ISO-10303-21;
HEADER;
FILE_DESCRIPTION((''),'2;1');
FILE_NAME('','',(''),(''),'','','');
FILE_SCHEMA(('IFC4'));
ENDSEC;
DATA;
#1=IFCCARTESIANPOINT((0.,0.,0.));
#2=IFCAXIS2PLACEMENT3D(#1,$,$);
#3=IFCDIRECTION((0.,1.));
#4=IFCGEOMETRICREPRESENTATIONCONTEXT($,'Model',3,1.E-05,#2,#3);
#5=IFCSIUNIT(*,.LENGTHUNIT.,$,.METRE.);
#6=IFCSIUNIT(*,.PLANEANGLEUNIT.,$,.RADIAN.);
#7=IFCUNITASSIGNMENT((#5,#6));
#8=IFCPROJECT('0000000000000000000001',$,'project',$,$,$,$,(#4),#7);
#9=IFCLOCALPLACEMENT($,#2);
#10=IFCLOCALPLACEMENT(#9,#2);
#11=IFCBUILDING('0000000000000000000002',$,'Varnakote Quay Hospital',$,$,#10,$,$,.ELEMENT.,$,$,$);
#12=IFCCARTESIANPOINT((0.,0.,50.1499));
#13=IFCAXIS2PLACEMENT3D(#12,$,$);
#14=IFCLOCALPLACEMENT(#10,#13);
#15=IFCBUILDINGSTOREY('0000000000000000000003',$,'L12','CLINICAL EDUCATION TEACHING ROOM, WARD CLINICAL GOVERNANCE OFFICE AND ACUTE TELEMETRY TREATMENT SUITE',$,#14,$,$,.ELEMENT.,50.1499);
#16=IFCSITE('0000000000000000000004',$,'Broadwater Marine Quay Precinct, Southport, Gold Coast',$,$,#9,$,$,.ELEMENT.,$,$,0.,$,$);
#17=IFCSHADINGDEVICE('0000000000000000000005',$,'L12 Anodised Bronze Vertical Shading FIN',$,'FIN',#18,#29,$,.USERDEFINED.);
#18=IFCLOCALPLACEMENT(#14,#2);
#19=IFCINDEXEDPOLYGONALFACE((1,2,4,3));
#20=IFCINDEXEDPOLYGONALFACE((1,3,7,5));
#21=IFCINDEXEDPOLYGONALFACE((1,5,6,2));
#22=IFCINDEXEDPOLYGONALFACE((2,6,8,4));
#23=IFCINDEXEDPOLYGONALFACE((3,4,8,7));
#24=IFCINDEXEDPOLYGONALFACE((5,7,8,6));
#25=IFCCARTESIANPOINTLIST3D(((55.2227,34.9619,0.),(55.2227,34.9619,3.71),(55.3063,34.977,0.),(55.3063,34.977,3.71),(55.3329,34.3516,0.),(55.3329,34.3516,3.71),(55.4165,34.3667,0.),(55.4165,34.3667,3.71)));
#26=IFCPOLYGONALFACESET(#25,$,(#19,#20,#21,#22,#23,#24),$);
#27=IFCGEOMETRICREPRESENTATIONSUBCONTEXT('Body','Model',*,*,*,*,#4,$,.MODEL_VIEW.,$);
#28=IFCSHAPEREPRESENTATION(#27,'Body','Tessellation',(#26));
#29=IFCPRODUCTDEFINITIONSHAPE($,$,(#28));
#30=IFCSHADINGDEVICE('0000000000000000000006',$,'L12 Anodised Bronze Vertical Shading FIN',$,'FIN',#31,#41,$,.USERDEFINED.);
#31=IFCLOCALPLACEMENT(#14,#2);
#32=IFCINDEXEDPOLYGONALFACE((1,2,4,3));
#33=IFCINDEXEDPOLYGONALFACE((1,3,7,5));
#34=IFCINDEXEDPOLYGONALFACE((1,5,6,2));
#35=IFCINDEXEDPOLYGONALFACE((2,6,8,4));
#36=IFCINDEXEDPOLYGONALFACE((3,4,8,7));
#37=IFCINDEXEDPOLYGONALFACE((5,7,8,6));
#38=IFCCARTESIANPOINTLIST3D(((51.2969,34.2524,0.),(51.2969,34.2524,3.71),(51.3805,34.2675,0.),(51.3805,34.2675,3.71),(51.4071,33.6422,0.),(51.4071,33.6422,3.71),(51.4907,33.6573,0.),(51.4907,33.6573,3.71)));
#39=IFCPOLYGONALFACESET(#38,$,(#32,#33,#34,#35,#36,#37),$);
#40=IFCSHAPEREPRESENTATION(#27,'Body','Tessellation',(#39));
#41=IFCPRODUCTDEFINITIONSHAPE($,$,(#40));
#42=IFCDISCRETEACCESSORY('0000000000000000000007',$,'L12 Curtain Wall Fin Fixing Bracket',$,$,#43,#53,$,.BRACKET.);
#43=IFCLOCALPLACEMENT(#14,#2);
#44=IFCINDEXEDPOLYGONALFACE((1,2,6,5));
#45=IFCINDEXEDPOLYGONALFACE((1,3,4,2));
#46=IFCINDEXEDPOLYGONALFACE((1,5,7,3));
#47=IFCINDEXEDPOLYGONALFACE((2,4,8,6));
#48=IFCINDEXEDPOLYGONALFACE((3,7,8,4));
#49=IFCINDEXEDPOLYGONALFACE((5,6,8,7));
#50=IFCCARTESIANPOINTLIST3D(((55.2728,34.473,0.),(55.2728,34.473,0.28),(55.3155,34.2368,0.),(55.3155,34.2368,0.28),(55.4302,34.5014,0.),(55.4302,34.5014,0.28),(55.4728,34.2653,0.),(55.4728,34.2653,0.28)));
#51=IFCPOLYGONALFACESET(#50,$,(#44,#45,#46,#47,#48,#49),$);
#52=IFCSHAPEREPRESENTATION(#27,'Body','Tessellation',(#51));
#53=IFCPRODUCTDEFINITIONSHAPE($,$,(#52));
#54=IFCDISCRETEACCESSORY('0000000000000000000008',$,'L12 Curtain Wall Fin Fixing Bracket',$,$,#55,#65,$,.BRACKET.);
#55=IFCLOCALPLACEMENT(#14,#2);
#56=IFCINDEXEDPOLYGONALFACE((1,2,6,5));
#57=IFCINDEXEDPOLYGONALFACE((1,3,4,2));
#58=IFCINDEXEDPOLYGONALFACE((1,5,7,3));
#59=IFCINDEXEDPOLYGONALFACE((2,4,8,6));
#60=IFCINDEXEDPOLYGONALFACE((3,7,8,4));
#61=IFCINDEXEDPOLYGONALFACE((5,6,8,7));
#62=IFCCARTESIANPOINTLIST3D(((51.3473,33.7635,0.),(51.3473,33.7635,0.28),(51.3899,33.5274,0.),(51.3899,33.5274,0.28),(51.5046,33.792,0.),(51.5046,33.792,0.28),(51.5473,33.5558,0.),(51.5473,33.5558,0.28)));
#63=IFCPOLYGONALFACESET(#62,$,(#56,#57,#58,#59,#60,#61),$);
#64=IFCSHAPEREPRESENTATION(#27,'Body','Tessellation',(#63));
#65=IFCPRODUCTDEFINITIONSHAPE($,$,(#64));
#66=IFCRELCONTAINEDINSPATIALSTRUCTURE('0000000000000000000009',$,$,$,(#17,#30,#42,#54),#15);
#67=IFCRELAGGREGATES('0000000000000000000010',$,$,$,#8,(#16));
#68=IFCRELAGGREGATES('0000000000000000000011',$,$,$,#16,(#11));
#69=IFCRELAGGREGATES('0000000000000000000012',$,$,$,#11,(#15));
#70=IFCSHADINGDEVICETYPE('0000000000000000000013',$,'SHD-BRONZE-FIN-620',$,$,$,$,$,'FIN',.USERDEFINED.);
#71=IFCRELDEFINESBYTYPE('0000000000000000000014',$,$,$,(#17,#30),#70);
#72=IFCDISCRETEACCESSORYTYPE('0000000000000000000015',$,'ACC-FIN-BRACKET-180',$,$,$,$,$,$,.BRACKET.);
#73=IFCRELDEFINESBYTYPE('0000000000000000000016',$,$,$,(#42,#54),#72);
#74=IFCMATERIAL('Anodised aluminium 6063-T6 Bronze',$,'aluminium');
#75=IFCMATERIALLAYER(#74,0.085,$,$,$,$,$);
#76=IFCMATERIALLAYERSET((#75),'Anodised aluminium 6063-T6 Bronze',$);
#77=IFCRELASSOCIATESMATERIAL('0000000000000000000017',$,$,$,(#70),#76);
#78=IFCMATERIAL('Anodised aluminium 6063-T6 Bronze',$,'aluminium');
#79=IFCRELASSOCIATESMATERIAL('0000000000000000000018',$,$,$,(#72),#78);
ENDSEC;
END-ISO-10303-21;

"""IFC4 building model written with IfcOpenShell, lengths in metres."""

from ifc_helpers import new_model, si_unit, direction, frame, origin, origin_2d, place, context, subcontext, project, spatial, rectangle, extrude, material, layer, layer_set, type_object, element, save


model = new_model("IFC4")

# Units and contexts
model_context = context("Model", 3, precision=1e-05, world=origin(), true_north=direction((0.0, 1.0)))
body_context = subcontext(model_context, "Body", "Model", "MODEL_VIEW")
ifc_project = project(units=[si_unit("LENGTHUNIT", "METRE"), si_unit("PLANEANGLEUNIT", "RADIAN")], contexts=[model_context])

# Site, building, storey
site_placement = place(None, origin())
site = spatial("IfcSite", under=ifc_project, at=site_placement, Name="Broadwater Marine Quay Precinct, Southport, Gold Coast", CompositionType="ELEMENT", RefElevation=0.0)
building_placement = place(site_placement, origin())
building = spatial("IfcBuilding", under=site, at=building_placement, Name="Varnakote Quay Hospital", CompositionType="ELEMENT")
storey_placement = place(building_placement, frame((0.0, 0.0, 50.1499)))
storey = spatial("IfcBuildingStorey", under=building, at=storey_placement, Name="L12", Description="CLINICAL EDUCATION TEACHING ROOM, WARD CLINICAL GOVERNANCE OFFICE AND ACUTE TELEMETRY TREATMENT SUITE", CompositionType="ELEMENT", Elevation=50.1499)

# Shading devices
ifc_material_1 = material(Name="Anodised aluminium 6063-T6 Bronze", Category="aluminium")
ifc_layer_1 = layer(ifc_material_1, 0.085)
ifc_layer_set_1 = layer_set([ifc_layer_1], Name="Anodised aluminium 6063-T6 Bronze")
shading_device_type = type_object("IfcShadingDeviceType", Name="SHD-BRONZE-FIN-620", ElementType="FIN", PredefinedType="USERDEFINED", material=ifc_layer_set_1)
for number, where, z_axis, x_axis, name in (
    (1, (55.3196, 34.6643, 0.0), (0.0, 0.0, 1.0), (0.177772, -0.984072, 0.0), "L12 Anodised Bronze Vertical Shading FIN"),
    (2, (51.3938, 33.9548, 0.0), (0.0, 0.0, 1.0), (0.177772, -0.984072, 0.0), "L12 Anodised Bronze Vertical Shading FIN"),
):
    element("IfcShadingDevice", number, at=place(storey_placement, frame(where, z_axis=z_axis, x_axis=x_axis)), inside=storey, type_object=shading_device_type, Name=name, ObjectType="FIN", PredefinedType="USERDEFINED", context=body_context, shape_type="SweptSolid", body=[
        extrude(rectangle(XDim=0.6201, YDim=0.085, at=origin_2d()), origin(), (0.0, 0.0, 1.0), 3.71),
    ])

# Discrete accessories
ifc_material_2 = material(Name="Anodised aluminium 6063-T6 Bronze", Category="aluminium")
discrete_accessory_type = type_object("IfcDiscreteAccessoryType", Name="ACC-FIN-BRACKET-180", PredefinedType="BRACKET", material=ifc_material_2)
for number, where, z_axis, x_axis, name in (
    (3, (55.3728, 34.3691, 0.0), (0.0, 0.0, 1.0), (-0.984072, -0.177772, 0.0), "L12 Curtain Wall Fin Fixing Bracket"),
    (4, (51.4473, 33.6597, 0.0), (0.0, 0.0, 1.0), (-0.984072, -0.177772, 0.0), "L12 Curtain Wall Fin Fixing Bracket"),
):
    element("IfcDiscreteAccessory", number, at=place(storey_placement, frame(where, z_axis=z_axis, x_axis=x_axis)), inside=storey, type_object=discrete_accessory_type, Name=name, PredefinedType="BRACKET", context=body_context, shape_type="SweptSolid", body=[
        extrude(rectangle(XDim=0.1599, YDim=0.24, at=origin_2d()), origin(), (0.0, 0.0, 1.0), 0.28),
    ])

save(model, "model.ifc")
